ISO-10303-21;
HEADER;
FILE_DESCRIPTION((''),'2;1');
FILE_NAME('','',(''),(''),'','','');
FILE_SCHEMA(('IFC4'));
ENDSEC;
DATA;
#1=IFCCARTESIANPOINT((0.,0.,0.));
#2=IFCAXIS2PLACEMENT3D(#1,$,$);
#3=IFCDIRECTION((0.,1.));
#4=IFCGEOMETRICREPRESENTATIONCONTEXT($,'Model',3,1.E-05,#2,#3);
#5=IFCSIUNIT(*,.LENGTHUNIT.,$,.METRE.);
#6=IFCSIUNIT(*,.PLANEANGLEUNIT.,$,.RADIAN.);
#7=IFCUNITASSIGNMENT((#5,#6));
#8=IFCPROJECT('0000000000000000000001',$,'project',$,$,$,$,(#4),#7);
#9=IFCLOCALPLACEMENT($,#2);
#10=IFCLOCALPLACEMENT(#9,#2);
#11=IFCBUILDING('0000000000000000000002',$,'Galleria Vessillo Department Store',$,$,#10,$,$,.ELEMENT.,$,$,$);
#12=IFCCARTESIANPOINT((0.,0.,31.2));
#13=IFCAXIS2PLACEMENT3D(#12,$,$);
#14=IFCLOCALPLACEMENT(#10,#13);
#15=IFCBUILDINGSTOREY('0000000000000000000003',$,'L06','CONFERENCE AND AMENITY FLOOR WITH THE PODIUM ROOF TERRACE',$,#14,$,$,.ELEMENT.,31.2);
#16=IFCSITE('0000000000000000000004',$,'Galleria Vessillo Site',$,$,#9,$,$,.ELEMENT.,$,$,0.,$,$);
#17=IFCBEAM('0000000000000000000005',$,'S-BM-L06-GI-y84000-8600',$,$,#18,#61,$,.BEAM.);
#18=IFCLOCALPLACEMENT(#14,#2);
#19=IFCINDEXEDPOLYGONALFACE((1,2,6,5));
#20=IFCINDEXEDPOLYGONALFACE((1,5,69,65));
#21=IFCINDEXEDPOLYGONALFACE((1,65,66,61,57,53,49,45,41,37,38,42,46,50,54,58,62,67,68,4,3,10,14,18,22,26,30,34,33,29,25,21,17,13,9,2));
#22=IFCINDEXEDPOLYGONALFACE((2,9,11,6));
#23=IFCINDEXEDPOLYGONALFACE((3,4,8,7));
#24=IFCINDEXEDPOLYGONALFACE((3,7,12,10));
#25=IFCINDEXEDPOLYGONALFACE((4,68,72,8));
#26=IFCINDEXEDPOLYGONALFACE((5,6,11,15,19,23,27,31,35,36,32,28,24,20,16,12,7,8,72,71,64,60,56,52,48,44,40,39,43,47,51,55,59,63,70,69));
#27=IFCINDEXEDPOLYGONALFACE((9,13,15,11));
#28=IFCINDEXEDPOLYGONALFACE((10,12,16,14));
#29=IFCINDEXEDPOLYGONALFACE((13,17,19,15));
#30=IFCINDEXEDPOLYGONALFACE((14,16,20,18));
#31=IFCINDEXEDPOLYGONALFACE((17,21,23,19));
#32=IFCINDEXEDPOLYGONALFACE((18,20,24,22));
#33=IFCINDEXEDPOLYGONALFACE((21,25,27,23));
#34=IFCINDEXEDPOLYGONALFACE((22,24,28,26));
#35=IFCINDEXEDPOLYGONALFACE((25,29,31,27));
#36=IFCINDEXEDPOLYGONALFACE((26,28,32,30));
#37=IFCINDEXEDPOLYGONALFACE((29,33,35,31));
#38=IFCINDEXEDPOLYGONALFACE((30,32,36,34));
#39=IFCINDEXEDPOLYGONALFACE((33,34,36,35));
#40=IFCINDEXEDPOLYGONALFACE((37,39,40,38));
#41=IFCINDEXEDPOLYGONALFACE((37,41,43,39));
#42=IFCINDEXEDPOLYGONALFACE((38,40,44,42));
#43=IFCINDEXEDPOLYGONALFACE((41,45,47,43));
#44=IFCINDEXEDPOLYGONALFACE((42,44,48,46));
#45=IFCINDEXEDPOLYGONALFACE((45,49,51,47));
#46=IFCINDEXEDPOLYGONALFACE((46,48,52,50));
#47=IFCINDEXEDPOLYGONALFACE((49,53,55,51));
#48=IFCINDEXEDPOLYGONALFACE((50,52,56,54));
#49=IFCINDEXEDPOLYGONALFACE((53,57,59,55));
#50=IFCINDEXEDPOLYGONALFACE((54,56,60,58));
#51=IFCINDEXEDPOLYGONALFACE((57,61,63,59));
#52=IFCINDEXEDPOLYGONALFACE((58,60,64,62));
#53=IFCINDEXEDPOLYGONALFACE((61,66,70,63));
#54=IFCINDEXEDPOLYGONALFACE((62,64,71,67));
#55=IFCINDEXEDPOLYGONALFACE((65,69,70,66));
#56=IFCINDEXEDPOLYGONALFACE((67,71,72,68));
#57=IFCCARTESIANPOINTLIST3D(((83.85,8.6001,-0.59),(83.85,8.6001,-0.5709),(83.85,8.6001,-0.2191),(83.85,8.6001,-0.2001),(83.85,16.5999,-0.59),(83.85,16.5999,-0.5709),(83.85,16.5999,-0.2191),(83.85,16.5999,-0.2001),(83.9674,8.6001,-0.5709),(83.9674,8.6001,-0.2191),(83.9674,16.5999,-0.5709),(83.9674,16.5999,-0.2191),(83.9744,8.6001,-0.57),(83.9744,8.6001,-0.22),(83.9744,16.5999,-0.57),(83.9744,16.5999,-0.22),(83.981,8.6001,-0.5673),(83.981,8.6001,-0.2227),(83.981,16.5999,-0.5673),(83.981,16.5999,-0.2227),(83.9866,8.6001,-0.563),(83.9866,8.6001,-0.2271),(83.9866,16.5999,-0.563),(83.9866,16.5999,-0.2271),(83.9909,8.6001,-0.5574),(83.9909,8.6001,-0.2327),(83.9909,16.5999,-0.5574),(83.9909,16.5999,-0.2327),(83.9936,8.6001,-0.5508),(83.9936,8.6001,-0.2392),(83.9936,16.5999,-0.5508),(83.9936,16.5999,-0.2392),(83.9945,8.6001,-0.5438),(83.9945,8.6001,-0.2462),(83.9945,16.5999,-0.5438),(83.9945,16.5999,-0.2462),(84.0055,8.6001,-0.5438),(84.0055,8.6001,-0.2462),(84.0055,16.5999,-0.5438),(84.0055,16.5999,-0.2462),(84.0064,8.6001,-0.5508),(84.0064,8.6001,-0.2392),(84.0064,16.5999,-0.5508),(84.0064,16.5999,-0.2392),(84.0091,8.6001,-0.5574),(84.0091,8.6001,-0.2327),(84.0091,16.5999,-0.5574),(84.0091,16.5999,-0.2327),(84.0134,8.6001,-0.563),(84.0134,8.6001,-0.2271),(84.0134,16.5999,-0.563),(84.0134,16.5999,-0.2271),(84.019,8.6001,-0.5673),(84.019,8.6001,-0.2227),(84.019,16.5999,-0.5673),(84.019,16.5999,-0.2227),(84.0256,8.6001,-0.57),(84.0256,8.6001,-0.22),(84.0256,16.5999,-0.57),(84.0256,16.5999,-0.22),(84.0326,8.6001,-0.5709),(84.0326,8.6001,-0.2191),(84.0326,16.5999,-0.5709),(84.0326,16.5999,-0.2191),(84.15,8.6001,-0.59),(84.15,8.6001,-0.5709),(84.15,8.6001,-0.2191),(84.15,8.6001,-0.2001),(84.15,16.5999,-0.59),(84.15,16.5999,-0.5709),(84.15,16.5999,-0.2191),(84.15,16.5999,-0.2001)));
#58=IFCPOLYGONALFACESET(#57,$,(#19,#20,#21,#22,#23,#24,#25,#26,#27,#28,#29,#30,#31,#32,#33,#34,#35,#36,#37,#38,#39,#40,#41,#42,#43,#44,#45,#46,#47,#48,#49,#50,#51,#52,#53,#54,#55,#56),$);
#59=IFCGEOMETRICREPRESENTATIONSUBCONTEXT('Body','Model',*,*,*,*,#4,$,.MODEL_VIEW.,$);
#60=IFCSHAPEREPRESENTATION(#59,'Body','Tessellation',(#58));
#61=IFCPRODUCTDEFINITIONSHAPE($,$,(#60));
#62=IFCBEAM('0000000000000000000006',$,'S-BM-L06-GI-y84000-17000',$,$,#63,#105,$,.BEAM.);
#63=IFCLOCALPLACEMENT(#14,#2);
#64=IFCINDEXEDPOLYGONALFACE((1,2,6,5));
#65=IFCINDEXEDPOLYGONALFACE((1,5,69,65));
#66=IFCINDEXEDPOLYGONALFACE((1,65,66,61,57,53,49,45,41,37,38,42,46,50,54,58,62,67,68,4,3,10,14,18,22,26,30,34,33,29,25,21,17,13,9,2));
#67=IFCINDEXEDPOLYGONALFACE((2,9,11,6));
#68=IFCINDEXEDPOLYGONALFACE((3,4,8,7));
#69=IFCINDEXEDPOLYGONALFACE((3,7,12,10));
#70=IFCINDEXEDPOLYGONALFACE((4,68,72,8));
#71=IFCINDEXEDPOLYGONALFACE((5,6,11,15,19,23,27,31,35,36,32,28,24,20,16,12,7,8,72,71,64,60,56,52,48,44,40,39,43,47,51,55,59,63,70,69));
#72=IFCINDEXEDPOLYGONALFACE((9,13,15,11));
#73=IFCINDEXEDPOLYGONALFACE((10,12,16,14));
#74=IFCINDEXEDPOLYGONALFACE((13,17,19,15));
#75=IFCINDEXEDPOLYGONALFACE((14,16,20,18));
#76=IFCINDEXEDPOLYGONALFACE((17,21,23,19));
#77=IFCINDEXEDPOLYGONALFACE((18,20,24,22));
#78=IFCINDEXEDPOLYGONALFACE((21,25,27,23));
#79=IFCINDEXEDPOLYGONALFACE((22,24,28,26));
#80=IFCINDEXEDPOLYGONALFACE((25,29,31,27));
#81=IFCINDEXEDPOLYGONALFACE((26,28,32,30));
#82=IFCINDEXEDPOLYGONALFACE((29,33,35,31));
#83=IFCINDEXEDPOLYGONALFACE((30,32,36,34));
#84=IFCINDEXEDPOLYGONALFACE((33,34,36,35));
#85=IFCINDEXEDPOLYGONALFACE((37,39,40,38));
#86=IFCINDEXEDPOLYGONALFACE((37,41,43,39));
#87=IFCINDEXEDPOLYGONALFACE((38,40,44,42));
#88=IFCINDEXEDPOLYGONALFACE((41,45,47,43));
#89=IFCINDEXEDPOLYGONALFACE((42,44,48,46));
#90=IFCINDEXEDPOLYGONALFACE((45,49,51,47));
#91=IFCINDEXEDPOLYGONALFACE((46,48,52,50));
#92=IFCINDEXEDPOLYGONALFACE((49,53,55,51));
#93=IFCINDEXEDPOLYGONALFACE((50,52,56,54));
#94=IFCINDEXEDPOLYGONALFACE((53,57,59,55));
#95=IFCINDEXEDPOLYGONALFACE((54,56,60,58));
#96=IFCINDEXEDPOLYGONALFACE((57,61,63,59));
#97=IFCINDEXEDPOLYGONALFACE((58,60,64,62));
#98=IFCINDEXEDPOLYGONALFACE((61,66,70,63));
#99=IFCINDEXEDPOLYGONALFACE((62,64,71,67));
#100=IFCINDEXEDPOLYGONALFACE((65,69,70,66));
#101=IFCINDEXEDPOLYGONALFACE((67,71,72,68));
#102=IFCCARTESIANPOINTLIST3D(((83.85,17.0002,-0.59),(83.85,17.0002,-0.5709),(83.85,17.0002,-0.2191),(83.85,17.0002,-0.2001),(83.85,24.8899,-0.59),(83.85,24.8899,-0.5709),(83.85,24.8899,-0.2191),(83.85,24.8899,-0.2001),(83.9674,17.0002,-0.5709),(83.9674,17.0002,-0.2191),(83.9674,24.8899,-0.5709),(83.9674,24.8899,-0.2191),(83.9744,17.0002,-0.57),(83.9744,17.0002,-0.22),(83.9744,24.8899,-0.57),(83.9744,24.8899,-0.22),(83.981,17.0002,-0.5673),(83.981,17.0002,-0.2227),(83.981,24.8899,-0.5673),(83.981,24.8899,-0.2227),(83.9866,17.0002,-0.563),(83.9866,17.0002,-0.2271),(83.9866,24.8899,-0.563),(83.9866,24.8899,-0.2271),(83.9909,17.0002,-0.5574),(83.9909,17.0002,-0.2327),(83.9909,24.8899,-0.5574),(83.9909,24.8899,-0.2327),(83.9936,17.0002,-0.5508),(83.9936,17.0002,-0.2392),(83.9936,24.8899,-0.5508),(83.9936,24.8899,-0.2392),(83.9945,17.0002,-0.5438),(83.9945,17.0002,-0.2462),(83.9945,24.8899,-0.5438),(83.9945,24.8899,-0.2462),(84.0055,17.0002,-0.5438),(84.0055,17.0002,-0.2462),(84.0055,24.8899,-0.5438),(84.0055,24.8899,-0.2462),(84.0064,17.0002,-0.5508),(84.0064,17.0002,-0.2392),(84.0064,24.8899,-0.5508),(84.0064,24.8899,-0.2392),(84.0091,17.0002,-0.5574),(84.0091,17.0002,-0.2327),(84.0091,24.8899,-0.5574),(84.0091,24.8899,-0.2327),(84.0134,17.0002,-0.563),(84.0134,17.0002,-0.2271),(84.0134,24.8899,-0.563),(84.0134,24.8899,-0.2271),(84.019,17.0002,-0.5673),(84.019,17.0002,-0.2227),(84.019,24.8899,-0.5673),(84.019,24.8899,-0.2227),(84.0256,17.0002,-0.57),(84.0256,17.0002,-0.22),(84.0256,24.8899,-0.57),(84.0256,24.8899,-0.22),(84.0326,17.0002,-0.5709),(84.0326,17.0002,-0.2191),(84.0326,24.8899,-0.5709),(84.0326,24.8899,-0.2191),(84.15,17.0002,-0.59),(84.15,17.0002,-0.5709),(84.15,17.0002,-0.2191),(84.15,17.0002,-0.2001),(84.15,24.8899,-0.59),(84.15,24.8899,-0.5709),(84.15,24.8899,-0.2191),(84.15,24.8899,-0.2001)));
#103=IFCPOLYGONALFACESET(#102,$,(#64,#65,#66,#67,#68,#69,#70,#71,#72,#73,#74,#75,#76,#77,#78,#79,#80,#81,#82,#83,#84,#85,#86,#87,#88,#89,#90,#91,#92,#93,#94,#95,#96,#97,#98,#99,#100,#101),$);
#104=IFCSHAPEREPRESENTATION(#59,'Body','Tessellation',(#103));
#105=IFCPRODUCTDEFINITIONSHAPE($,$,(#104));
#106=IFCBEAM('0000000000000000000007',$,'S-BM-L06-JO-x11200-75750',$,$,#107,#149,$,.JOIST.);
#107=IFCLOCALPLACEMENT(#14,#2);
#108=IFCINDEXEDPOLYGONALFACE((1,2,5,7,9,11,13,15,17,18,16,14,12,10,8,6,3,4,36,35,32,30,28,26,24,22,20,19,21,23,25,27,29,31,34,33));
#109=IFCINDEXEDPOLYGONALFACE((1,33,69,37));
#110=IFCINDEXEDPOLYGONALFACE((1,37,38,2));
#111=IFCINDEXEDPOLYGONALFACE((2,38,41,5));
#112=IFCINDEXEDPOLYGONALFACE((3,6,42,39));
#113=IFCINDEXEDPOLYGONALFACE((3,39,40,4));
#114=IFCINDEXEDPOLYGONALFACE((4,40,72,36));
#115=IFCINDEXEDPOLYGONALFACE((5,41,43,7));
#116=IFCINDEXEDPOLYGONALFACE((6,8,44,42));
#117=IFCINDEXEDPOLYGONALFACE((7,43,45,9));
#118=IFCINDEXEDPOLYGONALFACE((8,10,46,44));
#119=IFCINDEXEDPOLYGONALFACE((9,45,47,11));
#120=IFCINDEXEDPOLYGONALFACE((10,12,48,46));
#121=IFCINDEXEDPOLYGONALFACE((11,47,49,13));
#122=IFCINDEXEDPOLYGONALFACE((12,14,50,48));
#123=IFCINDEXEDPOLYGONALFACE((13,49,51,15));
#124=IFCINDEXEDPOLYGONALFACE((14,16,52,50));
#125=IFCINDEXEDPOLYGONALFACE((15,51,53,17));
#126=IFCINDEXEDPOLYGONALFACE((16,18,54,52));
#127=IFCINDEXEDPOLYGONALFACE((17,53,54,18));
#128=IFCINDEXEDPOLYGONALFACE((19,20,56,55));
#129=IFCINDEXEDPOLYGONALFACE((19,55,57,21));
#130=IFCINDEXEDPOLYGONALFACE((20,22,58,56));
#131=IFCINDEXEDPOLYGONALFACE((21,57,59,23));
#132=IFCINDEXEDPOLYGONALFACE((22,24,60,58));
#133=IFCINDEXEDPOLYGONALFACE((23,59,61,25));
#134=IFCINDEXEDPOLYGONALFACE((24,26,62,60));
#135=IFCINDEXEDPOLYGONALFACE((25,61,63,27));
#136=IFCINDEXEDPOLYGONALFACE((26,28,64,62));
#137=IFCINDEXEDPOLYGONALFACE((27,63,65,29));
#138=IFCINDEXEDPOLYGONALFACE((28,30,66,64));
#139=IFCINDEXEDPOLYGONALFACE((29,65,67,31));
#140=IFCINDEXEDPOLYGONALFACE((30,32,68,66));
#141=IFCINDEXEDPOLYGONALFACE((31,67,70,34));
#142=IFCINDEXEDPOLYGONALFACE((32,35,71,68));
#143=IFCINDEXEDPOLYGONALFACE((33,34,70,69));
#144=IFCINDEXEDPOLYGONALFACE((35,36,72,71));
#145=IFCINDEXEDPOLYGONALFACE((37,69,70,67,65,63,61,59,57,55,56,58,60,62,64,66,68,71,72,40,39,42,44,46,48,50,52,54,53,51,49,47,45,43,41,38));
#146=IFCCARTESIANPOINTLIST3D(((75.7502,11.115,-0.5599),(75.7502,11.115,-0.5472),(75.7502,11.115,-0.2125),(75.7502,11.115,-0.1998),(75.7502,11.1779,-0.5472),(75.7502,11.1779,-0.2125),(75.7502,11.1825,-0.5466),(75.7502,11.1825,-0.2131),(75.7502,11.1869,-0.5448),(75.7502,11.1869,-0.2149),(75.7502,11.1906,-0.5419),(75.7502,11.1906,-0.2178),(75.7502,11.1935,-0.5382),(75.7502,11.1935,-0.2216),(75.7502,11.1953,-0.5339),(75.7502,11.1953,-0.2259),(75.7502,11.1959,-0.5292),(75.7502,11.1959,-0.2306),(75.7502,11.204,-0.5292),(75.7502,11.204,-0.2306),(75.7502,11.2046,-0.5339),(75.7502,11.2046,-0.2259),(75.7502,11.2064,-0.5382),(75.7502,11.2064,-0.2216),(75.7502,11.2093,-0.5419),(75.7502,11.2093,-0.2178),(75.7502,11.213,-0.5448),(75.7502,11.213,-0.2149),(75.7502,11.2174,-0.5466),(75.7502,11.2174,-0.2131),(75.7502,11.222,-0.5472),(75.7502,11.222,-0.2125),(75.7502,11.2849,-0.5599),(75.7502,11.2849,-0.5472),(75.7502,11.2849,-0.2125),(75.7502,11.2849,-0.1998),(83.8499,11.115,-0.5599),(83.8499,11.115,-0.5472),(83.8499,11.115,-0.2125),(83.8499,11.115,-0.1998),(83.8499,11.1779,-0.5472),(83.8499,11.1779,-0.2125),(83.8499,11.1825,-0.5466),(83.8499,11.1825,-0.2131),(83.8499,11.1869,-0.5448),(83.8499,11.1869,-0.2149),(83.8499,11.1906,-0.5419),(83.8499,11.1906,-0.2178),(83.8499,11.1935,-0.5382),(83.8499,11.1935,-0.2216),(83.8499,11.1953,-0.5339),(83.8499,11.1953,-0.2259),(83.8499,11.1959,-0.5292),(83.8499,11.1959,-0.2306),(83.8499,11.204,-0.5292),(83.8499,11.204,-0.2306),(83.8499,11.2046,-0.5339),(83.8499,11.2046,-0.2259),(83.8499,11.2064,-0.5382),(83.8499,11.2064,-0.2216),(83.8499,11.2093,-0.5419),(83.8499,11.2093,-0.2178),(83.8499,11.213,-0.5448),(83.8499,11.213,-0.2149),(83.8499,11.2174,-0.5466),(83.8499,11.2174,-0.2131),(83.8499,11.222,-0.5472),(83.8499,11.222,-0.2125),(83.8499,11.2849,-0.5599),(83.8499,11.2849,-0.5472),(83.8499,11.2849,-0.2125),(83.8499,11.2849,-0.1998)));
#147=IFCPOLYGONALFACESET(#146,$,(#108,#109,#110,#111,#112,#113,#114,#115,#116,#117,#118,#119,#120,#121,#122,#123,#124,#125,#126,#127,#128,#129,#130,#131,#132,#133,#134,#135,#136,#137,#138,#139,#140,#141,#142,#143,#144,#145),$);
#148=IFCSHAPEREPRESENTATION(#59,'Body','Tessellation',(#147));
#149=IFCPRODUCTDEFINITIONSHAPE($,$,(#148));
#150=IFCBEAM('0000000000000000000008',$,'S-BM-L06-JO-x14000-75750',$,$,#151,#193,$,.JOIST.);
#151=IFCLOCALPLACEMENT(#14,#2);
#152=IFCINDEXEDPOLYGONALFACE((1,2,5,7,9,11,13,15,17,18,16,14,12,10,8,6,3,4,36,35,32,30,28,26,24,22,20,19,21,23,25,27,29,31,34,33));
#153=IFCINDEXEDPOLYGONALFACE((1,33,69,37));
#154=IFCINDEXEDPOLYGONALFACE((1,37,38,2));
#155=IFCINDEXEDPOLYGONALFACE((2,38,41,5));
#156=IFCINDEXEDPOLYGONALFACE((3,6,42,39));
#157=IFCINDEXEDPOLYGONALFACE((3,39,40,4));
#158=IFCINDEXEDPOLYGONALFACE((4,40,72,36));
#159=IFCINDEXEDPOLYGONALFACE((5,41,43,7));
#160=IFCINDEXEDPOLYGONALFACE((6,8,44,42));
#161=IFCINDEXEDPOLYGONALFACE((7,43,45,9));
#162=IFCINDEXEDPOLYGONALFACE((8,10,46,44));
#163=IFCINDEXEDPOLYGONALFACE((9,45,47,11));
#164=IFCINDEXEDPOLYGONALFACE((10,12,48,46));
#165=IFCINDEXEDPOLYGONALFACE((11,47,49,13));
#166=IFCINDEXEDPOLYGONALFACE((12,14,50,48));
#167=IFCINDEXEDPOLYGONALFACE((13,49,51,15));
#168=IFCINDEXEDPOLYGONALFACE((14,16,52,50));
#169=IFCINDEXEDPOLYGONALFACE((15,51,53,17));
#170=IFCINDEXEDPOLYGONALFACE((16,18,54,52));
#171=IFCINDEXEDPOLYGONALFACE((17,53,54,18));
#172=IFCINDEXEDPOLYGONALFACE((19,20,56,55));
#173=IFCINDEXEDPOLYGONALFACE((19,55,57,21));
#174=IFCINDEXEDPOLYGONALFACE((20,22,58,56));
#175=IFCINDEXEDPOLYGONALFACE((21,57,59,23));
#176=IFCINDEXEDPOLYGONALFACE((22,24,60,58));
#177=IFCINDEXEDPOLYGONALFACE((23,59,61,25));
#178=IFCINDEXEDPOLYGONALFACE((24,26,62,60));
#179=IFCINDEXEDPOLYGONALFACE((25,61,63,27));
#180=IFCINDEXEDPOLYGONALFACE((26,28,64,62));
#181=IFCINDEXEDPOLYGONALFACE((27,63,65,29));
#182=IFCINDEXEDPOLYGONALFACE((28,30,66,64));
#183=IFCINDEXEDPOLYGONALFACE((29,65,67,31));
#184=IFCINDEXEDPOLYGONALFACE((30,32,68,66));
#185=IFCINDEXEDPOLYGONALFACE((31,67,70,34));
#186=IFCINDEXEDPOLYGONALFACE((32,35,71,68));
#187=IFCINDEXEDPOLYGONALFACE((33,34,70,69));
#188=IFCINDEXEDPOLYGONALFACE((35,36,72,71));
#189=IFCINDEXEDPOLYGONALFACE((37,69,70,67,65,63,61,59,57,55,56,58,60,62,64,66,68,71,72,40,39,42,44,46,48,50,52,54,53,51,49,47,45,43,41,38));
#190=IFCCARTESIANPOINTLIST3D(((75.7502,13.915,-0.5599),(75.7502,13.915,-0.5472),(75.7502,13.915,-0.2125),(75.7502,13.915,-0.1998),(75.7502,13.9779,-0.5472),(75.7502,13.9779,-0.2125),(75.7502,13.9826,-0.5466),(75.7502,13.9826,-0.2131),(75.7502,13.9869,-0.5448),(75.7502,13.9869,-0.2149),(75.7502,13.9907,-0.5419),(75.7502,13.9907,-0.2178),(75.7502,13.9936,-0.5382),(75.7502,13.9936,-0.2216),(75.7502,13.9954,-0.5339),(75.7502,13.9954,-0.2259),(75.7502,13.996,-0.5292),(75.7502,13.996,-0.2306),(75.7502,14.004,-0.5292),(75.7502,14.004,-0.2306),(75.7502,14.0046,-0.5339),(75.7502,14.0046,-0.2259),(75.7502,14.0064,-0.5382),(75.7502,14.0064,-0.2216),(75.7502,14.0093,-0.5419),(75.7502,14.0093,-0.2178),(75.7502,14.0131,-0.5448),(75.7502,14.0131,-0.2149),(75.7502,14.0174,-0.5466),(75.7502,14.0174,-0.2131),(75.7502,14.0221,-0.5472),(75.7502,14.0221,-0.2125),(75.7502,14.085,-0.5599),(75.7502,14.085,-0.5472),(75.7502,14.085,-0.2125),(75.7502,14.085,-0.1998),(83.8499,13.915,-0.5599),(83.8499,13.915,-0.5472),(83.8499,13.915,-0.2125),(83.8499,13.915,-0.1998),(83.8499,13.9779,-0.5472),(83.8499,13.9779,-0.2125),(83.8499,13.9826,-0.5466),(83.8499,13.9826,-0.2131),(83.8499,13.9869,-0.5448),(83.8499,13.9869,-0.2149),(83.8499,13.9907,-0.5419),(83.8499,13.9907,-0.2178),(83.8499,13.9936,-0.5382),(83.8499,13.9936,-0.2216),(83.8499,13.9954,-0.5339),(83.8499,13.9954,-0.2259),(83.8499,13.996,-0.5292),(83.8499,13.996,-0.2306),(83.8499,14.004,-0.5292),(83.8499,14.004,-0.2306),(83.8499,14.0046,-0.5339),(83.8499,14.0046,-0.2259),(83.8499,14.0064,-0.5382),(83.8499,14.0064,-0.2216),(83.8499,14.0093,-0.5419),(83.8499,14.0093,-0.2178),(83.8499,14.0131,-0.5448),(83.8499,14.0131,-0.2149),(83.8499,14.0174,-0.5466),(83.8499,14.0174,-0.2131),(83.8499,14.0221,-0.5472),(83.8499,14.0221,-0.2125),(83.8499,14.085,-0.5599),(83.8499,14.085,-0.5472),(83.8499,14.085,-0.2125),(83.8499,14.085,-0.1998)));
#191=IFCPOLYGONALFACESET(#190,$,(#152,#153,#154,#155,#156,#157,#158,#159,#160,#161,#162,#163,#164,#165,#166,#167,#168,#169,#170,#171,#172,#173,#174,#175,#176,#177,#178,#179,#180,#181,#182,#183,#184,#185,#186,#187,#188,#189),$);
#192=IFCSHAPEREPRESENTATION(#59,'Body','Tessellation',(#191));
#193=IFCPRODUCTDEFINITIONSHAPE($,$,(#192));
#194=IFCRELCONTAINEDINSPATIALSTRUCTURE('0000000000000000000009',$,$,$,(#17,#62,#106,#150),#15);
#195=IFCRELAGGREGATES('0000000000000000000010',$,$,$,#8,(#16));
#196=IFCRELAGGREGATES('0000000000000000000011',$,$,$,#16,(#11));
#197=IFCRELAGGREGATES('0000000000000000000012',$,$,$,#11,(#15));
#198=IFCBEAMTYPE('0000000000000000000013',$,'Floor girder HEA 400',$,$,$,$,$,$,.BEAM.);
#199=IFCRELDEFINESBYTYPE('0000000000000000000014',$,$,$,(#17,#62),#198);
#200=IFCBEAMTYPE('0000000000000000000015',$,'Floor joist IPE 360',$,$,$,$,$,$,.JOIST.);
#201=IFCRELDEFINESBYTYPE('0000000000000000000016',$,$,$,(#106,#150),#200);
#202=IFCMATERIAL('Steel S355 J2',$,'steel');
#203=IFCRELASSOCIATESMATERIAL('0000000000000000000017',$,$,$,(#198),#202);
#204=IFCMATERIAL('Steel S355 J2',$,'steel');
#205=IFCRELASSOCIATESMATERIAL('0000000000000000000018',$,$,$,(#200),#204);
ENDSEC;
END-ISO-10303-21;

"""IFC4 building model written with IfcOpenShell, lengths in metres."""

from ifc_helpers import new_model, si_unit, direction, frame, origin, origin_2d, place, context, subcontext, project, spatial, i_section, extrude, material, material_profile, profile_set, type_object, element, save


model = new_model("IFC4")

# Units and contexts
model_context = context("Model", 3, precision=1e-05, world=origin(), true_north=direction((0.0, 1.0)))
body_context = subcontext(model_context, "Body", "Model", "MODEL_VIEW")
ifc_project = project(units=[si_unit("LENGTHUNIT", "METRE"), si_unit("PLANEANGLEUNIT", "RADIAN")], contexts=[model_context])

# Site, building, storey
site_placement = place(None, origin())
site = spatial("IfcSite", under=ifc_project, at=site_placement, Name="Galleria Vessillo Site", CompositionType="ELEMENT", RefElevation=0.0)
building_placement = place(site_placement, origin())
building = spatial("IfcBuilding", under=site, at=building_placement, Name="Galleria Vessillo Department Store", CompositionType="ELEMENT")
storey_placement = place(building_placement, frame((0.0, 0.0, 31.2)))
storey = spatial("IfcBuildingStorey", under=building, at=storey_placement, Name="L06", Description="CONFERENCE AND AMENITY FLOOR WITH THE PODIUM ROOF TERRACE", CompositionType="ELEMENT", Elevation=31.2)

# Beams
ifc_material_1 = material(Name="Steel S355 J2", Category="steel")
ifc_material_profile_1 = material_profile(ifc_material_1, i_section(OverallWidth=0.3, OverallDepth=0.3899, WebThickness=0.011, FlangeThickness=0.019, FilletRadius=0.0271, at=origin_2d()), Name="HEA 400")
ifc_profile_set_1 = profile_set([ifc_material_profile_1], Name="Steel S355 J2")
beam_type_1 = type_object("IfcBeamType", Name="Floor girder HEA 400", PredefinedType="BEAM", material=ifc_profile_set_1)
beam_1_placement = place(storey_placement, frame((84.0, 8.6001, -0.395), z_axis=(0.0, 1.0, 0.0), x_axis=(-1.0, 0.0, 0.0)))
element("IfcBeam", 1, at=beam_1_placement, inside=storey, type_object=beam_type_1, Name="S-BM-L06-GI-y84000-8600", PredefinedType="BEAM", context=body_context, shape_type="SweptSolid", body=[
    extrude(i_section(OverallWidth=0.3, OverallDepth=0.3899, WebThickness=0.011, FlangeThickness=0.019, FilletRadius=0.0271, at=origin_2d()), origin(), (0.0, 0.0, 1.0), 7.9998),
])
beam_2_placement = place(storey_placement, frame((84.0, 17.0002, -0.395), z_axis=(0.0, 1.0, 0.0), x_axis=(-1.0, 0.0, 0.0)))
element("IfcBeam", 2, at=beam_2_placement, inside=storey, type_object=beam_type_1, Name="S-BM-L06-GI-y84000-17000", PredefinedType="BEAM", context=body_context, shape_type="SweptSolid", body=[
    extrude(i_section(OverallWidth=0.3, OverallDepth=0.3899, WebThickness=0.011, FlangeThickness=0.019, FilletRadius=0.0271, at=origin_2d()), origin(), (0.0, 0.0, 1.0), 7.8896),
])
ifc_material_2 = material(Name="Steel S355 J2", Category="steel")
ifc_material_profile_2 = material_profile(ifc_material_2, i_section(OverallWidth=0.1699, OverallDepth=0.3601, WebThickness=0.0081, FlangeThickness=0.0127, FilletRadius=0.0181, at=origin_2d()), Name="IPE 360")
ifc_profile_set_2 = profile_set([ifc_material_profile_2], Name="Steel S355 J2")
beam_type_2 = type_object("IfcBeamType", Name="Floor joist IPE 360", PredefinedType="JOIST", material=ifc_profile_set_2)
for number, where, z_axis, x_axis, name in (
    (3, (75.7502, 11.2, -0.3799), (1.0, 0.0, 0.0), (0.0, 1.0, 0.0), "S-BM-L06-JO-x11200-75750"),
    (4, (75.7502, 14.0, -0.3799), (1.0, 0.0, 0.0), (0.0, 1.0, 0.0), "S-BM-L06-JO-x14000-75750"),
):
    element("IfcBeam", number, at=place(storey_placement, frame(where, z_axis=z_axis, x_axis=x_axis)), inside=storey, type_object=beam_type_2, Name=name, PredefinedType="JOIST", context=body_context, shape_type="SweptSolid", body=[
        extrude(i_section(OverallWidth=0.1699, OverallDepth=0.3601, WebThickness=0.0081, FlangeThickness=0.0127, FilletRadius=0.0181, at=origin_2d()), origin(), (0.0, 0.0, 1.0), 8.0996),
    ])

save(model, "model.ifc")
